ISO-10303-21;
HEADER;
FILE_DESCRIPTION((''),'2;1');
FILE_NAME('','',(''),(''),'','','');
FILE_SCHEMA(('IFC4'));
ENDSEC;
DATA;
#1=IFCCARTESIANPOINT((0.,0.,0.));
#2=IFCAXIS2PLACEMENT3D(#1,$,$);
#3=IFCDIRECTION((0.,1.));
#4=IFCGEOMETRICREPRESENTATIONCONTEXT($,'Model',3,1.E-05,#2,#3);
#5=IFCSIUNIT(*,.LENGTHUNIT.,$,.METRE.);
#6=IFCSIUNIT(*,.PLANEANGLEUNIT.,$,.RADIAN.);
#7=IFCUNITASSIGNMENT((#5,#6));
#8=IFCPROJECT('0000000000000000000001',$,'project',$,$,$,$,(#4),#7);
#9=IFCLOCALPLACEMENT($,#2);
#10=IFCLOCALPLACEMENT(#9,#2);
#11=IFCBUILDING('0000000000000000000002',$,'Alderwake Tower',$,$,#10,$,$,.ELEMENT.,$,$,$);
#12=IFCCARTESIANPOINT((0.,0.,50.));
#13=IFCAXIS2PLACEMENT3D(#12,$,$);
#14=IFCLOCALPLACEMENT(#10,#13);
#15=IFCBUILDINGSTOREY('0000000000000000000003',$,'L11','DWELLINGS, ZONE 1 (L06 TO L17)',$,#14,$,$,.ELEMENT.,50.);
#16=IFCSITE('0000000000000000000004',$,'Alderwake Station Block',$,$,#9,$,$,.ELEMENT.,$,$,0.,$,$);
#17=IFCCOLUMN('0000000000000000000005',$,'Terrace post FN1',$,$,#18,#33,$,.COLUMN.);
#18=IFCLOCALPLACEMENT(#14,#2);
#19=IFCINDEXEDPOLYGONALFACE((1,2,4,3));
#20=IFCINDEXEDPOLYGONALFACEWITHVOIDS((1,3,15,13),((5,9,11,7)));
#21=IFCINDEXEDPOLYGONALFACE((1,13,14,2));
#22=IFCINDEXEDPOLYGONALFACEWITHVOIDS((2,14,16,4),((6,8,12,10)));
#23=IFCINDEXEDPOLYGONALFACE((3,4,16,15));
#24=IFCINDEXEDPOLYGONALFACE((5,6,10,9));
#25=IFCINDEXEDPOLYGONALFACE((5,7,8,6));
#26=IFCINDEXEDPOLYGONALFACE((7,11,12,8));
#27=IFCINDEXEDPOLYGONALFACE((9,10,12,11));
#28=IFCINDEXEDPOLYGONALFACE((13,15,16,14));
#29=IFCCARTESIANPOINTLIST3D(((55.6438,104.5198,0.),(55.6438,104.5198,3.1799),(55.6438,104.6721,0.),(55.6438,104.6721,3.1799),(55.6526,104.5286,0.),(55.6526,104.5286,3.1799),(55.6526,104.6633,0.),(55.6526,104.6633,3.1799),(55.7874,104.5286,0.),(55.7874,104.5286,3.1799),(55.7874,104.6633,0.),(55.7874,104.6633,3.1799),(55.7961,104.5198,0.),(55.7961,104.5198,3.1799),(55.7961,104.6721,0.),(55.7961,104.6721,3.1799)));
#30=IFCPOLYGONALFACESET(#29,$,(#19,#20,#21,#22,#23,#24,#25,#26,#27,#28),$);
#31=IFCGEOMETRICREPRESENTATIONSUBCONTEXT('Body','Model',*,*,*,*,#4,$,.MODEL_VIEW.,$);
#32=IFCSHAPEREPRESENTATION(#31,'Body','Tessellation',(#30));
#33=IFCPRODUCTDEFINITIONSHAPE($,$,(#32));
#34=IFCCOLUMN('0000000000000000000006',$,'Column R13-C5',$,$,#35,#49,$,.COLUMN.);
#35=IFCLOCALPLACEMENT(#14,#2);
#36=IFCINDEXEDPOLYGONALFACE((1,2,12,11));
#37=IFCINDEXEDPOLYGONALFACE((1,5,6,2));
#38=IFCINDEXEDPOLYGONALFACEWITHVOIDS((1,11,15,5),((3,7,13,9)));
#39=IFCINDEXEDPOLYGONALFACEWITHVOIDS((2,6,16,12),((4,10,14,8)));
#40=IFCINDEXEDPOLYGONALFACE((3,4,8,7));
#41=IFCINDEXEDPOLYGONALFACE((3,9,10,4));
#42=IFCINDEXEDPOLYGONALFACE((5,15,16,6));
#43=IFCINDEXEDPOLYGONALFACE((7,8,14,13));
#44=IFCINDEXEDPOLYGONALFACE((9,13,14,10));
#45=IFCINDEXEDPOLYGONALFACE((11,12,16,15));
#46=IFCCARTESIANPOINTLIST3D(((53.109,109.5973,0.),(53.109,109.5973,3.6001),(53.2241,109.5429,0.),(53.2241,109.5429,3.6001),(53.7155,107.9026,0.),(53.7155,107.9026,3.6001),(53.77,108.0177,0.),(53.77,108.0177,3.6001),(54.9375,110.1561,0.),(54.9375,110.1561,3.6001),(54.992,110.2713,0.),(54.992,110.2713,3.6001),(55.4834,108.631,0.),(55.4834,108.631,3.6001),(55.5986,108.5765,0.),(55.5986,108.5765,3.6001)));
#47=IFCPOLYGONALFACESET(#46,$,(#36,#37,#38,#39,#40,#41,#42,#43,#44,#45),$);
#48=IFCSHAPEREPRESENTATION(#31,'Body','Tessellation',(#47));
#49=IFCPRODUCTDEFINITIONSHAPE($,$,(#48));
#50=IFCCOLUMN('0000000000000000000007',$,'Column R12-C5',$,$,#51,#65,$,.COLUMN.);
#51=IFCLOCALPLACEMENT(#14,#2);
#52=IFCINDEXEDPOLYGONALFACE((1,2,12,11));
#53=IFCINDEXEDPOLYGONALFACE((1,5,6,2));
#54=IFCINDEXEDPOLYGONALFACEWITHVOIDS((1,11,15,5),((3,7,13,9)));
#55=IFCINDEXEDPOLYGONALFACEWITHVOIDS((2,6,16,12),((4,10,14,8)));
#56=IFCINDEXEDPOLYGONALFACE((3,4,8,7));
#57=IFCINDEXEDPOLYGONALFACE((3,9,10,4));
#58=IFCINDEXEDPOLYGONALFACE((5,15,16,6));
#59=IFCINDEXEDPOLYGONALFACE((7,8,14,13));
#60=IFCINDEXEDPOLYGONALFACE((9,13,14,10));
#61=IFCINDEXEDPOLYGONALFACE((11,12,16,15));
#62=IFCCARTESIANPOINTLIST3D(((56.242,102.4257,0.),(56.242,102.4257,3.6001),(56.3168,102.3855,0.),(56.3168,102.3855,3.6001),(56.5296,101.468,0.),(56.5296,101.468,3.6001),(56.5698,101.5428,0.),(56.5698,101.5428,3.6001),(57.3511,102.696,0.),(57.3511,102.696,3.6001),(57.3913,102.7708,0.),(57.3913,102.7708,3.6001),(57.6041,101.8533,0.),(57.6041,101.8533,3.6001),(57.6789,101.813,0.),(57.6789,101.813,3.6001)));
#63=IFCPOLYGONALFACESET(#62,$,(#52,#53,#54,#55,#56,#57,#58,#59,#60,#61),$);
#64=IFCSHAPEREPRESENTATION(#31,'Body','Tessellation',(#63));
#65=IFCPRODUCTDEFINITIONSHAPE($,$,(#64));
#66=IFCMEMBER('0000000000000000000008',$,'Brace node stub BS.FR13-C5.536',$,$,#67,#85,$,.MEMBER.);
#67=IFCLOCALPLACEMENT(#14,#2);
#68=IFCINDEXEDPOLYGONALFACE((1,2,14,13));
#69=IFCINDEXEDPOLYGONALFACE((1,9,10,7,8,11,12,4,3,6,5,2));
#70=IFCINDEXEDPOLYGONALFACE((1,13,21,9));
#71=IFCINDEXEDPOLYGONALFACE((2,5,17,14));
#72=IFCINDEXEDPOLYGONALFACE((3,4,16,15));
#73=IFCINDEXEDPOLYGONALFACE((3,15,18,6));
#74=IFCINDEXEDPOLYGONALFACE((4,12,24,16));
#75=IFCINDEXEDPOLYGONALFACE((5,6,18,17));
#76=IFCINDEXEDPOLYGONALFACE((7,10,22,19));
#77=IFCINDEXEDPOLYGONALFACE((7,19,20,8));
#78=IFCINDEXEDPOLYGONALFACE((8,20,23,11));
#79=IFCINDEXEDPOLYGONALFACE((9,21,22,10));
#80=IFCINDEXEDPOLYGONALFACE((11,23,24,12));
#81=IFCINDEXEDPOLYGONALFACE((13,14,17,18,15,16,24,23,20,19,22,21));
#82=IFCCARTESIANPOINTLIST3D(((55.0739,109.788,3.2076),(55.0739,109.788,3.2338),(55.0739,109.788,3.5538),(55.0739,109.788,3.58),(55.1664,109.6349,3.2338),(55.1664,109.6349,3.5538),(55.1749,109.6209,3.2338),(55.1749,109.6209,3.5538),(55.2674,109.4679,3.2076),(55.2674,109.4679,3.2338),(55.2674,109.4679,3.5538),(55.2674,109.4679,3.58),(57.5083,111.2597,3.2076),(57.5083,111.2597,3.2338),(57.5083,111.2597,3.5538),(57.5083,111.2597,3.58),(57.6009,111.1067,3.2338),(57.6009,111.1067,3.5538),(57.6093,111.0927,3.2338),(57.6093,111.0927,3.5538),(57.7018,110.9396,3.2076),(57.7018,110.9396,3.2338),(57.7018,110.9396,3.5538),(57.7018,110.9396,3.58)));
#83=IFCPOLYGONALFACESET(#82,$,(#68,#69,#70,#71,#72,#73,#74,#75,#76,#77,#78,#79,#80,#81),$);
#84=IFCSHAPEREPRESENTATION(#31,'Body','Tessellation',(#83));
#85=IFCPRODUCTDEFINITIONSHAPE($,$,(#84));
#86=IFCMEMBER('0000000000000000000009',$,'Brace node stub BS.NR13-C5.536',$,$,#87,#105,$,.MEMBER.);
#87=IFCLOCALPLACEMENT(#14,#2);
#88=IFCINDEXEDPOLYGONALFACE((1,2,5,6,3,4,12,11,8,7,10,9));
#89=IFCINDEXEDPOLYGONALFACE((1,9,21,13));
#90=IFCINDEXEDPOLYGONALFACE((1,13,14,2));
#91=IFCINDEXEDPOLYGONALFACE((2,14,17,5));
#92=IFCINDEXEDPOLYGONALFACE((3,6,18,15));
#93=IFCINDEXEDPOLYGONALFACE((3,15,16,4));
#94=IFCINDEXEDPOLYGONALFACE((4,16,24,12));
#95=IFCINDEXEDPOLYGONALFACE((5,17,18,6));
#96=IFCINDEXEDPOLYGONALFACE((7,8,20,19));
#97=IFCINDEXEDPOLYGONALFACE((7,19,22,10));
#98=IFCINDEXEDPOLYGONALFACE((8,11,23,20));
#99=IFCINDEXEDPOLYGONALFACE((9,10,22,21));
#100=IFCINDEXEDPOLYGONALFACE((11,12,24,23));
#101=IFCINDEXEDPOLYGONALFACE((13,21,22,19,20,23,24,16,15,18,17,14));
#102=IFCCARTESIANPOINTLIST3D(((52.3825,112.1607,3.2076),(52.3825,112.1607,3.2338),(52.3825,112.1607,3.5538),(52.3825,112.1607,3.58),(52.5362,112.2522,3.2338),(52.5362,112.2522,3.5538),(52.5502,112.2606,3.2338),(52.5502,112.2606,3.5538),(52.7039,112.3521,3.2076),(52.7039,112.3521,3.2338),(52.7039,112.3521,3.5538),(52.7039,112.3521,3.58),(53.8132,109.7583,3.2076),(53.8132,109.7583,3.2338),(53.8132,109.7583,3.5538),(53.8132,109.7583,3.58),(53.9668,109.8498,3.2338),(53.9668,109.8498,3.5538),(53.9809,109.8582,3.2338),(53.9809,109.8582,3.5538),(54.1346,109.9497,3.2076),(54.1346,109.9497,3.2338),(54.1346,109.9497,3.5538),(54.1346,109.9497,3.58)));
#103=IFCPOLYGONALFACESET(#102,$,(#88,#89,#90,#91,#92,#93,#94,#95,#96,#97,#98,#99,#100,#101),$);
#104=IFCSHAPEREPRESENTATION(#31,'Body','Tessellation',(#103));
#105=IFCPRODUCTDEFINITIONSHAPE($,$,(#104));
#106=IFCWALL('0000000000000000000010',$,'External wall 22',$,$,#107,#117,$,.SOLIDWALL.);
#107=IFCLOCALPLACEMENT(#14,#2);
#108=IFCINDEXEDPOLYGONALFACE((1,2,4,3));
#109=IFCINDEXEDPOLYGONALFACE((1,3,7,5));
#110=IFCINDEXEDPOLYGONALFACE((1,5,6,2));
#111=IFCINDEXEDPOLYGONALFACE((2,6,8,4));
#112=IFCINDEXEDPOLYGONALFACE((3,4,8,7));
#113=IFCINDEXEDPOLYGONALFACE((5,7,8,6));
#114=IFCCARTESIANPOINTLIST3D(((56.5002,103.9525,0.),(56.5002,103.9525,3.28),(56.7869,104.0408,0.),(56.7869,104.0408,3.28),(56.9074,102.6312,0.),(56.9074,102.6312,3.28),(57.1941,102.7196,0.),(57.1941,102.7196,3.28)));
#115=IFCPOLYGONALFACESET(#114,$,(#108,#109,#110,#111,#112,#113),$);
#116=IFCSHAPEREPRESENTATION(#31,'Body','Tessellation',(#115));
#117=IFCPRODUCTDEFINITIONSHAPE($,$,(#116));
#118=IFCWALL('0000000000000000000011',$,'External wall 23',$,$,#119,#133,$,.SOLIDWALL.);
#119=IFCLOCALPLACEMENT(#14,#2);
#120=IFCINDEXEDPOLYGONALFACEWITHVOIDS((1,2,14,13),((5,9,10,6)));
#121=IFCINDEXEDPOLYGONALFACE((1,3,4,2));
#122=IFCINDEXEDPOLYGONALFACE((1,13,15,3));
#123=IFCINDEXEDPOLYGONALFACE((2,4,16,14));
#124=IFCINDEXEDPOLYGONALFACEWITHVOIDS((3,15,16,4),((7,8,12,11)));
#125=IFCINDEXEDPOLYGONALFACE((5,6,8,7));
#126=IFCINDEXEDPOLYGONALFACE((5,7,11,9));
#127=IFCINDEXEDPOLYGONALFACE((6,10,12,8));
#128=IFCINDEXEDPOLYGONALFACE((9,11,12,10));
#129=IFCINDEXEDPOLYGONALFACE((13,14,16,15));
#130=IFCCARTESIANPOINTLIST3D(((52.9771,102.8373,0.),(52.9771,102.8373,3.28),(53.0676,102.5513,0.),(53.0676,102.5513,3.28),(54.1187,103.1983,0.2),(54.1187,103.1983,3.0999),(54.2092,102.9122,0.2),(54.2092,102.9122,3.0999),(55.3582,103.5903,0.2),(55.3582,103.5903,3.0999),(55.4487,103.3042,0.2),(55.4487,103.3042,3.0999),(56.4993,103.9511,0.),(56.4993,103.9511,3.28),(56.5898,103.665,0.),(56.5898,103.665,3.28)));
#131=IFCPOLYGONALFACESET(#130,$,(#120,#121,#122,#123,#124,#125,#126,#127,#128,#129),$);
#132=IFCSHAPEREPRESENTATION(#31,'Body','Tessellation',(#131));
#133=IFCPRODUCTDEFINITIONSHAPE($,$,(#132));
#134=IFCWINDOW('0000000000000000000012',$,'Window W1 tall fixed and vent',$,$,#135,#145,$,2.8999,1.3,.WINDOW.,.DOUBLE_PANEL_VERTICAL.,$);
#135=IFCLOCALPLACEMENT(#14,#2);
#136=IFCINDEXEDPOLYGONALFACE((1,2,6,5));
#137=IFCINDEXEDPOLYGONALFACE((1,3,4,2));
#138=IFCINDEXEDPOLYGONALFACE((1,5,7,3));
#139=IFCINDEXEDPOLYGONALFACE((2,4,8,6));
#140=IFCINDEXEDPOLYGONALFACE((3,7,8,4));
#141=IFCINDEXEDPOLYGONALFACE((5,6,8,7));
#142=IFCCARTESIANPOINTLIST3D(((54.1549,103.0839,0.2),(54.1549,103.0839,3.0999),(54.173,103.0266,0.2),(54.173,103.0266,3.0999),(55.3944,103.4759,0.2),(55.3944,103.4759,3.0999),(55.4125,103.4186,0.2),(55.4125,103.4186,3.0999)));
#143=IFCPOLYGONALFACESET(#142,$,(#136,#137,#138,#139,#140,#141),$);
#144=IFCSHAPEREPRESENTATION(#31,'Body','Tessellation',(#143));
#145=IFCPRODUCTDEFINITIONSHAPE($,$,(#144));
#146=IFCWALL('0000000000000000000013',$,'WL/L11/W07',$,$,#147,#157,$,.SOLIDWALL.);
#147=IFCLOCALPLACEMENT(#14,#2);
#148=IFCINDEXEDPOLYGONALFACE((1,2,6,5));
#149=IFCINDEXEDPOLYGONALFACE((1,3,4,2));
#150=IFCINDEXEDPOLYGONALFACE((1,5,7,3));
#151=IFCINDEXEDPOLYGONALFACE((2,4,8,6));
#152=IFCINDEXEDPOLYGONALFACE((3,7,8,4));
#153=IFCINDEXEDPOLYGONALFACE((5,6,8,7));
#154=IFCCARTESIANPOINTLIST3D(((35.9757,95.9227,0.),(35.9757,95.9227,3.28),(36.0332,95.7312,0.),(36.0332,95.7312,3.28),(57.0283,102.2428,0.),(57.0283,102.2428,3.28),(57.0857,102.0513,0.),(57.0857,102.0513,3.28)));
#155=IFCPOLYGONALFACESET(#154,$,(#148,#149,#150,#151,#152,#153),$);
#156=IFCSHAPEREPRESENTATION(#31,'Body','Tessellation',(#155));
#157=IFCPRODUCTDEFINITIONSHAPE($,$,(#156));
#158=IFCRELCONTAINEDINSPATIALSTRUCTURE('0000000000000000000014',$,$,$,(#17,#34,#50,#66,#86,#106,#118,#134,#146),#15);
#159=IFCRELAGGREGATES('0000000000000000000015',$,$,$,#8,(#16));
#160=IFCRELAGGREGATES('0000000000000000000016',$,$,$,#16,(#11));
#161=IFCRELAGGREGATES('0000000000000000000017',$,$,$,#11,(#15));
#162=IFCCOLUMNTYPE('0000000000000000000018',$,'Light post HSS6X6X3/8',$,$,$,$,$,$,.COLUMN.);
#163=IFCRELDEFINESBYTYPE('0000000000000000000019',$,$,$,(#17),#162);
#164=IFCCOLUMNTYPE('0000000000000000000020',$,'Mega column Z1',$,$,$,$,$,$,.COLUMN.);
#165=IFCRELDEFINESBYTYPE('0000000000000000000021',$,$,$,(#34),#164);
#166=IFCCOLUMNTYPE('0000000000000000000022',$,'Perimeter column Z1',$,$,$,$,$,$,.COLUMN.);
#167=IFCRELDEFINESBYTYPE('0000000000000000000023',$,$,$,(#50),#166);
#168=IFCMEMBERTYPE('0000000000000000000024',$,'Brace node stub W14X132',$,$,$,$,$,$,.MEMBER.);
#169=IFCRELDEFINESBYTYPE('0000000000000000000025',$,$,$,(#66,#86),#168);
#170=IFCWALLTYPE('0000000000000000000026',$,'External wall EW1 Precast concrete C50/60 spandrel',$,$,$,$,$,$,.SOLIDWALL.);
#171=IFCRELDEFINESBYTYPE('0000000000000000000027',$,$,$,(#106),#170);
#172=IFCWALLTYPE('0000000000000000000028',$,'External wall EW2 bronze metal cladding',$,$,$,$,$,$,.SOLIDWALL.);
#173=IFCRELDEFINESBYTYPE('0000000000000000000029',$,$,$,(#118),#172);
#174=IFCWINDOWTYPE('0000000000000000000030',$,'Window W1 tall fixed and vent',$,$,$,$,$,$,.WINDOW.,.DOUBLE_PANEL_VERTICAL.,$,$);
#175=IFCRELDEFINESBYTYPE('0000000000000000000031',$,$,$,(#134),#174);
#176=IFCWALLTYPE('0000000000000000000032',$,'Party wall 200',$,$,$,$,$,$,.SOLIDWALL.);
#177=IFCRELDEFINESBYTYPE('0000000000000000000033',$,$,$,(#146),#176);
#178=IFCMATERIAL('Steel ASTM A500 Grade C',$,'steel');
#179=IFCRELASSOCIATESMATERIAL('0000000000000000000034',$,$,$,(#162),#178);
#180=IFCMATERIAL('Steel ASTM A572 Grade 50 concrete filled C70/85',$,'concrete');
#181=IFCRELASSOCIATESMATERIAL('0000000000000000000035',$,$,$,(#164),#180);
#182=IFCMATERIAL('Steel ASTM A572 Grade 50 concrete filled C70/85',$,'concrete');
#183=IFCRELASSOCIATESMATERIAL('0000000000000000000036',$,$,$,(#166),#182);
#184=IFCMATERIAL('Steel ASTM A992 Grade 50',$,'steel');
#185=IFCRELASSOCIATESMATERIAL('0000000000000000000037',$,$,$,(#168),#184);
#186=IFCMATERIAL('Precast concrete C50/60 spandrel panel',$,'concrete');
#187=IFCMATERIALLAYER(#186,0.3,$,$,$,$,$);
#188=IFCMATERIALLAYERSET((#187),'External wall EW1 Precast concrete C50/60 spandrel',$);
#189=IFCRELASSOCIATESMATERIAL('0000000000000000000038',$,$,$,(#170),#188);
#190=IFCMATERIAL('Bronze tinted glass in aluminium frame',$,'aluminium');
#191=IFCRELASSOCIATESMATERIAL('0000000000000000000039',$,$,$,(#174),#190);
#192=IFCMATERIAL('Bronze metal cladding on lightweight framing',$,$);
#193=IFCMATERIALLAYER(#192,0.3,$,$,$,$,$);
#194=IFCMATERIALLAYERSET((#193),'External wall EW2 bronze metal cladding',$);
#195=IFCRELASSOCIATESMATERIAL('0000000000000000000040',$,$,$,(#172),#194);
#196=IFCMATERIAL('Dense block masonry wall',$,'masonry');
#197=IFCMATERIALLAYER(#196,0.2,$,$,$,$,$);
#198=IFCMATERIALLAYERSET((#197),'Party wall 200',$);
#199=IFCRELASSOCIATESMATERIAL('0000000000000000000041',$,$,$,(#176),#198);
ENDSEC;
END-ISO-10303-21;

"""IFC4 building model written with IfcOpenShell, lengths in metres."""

from ifc_helpers import new_model, si_unit, direction, frame, frame_2d, origin, origin_2d, place, context, subcontext, project, spatial, rectangle, hollow_rectangle, i_section, extrude, material, layer, layer_set, material_profile, profile_set, type_object, element, fill, save


model = new_model("IFC4")

# Units and contexts
model_context = context("Model", 3, precision=1e-05, world=origin(), true_north=direction((0.0, 1.0)))
body_context = subcontext(model_context, "Body", "Model", "MODEL_VIEW")
ifc_project = project(units=[si_unit("LENGTHUNIT", "METRE"), si_unit("PLANEANGLEUNIT", "RADIAN")], contexts=[model_context])

# Site, building, storey
site_placement = place(None, origin())
site = spatial("IfcSite", under=ifc_project, at=site_placement, Name="Alderwake Station Block", CompositionType="ELEMENT", RefElevation=0.0)
building_placement = place(site_placement, origin())
building = spatial("IfcBuilding", under=site, at=building_placement, Name="Alderwake Tower", CompositionType="ELEMENT")
storey_placement = place(building_placement, frame((0.0, 0.0, 50.0)))
storey = spatial("IfcBuildingStorey", under=building, at=storey_placement, Name="L11", Description="DWELLINGS, ZONE 1 (L06 TO L17)", CompositionType="ELEMENT", Elevation=50.0)

# Columns
ifc_material_1 = material(Name="Steel ASTM A500 Grade C", Category="steel")
ifc_material_profile_1 = material_profile(ifc_material_1, hollow_rectangle(XDim=0.1523, YDim=0.1523, WallThickness=0.0088, at=origin_2d()), Name="HSS6X6X3/8")
ifc_profile_set_1 = profile_set([ifc_material_profile_1], Name="Steel ASTM A500 Grade C")
column_type_1 = type_object("IfcColumnType", Name="Light post HSS6X6X3/8", PredefinedType="COLUMN", material=ifc_profile_set_1)
column_1_placement = place(storey_placement, frame((55.72, 104.5959, 0.0), z_axis=(0.0, 0.0, 1.0), x_axis=(1.0, 0.0, 0.0)))
element("IfcColumn", 1, at=column_1_placement, inside=storey, type_object=column_type_1, Name="Terrace post FN1", PredefinedType="COLUMN", context=body_context, shape_type="SweptSolid", body=[
    extrude(hollow_rectangle(XDim=0.1523, YDim=0.1523, WallThickness=0.0088, at=origin_2d()), origin(), (0.0, 0.0, 1.0), 3.1799),
])
ifc_material_2 = material(Name="Steel ASTM A572 Grade 50 concrete filled C70/85", Category="concrete")
ifc_material_profile_2 = material_profile(ifc_material_2, hollow_rectangle(XDim=1.8, YDim=2.0, WallThickness=0.0901, at=origin_2d()), Name="BOX 2000X1800X90")
ifc_profile_set_2 = profile_set([ifc_material_profile_2], Name="Steel ASTM A572 Grade 50 concrete filled C70/85")
column_type_2 = type_object("IfcColumnType", Name="Mega column Z1", PredefinedType="COLUMN", material=ifc_profile_set_2)
column_2_placement = place(storey_placement, frame((54.3538, 109.0869, 0.0), z_axis=(0.0, 0.0, 1.0), x_axis=(-0.336979, 0.941512, 0.0)))
element("IfcColumn", 2, at=column_2_placement, inside=storey, type_object=column_type_2, Name="Column R13-C5", PredefinedType="COLUMN", context=body_context, shape_type="SweptSolid", body=[
    extrude(hollow_rectangle(XDim=1.8, YDim=2.0, WallThickness=0.0901, at=origin_2d()), origin(), (0.0, 0.0, 1.0), 3.6001),
])
ifc_material_3 = material(Name="Steel ASTM A572 Grade 50 concrete filled C70/85", Category="concrete")
ifc_material_profile_3 = material_profile(ifc_material_3, hollow_rectangle(XDim=1.0, YDim=1.2, WallThickness=0.0601, at=origin_2d()), Name="BOX 1200X1000X60")
ifc_profile_set_3 = profile_set([ifc_material_profile_3], Name="Steel ASTM A572 Grade 50 concrete filled C70/85")
column_type_3 = type_object("IfcColumnType", Name="Perimeter column Z1", PredefinedType="COLUMN", material=ifc_profile_set_3)
column_3_placement = place(storey_placement, frame((56.9604, 102.1194, 0.0), z_axis=(0.0, 0.0, 1.0), x_axis=(-0.287549, 0.957766, 0.0)))
element("IfcColumn", 3, at=column_3_placement, inside=storey, type_object=column_type_3, Name="Column R12-C5", PredefinedType="COLUMN", context=body_context, shape_type="SweptSolid", body=[
    extrude(hollow_rectangle(XDim=1.0, YDim=1.2, WallThickness=0.0601, at=origin_2d()), origin(), (0.0, 0.0, 1.0), 3.6001),
])

# Members
ifc_material_4 = material(Name="Steel ASTM A992 Grade 50", Category="steel")
ifc_material_profile_4 = material_profile(ifc_material_4, i_section(OverallWidth=0.374, OverallDepth=0.3723, WebThickness=0.0164, FlangeThickness=0.0261, at=origin_2d()), Name="W14X132")
ifc_profile_set_4 = profile_set([ifc_material_profile_4], Name="Steel ASTM A992 Grade 50")
member_type = type_object("IfcMemberType", Name="Brace node stub W14X132", PredefinedType="MEMBER", material=ifc_profile_set_4)
member_1_placement = place(storey_placement, frame((55.1707, 109.6279, 3.3938), z_axis=(0.855769, 0.517358, 0.0), x_axis=(-0.517358, 0.855769, 0.0)))
element("IfcMember", 4, at=member_1_placement, inside=storey, type_object=member_type, Name="Brace node stub BS.FR13-C5.536", PredefinedType="MEMBER", context=body_context, shape_type="SweptSolid", body=[
    extrude(i_section(OverallWidth=0.374, OverallDepth=0.3723, WebThickness=0.0164, FlangeThickness=0.0261, at=origin_2d()), origin(), (0.0, 0.0, 1.0), 2.8447),
])
member_2_placement = place(storey_placement, frame((53.9739, 109.854, 3.3938), z_axis=(-0.511668, 0.859183, 0.0), x_axis=(-0.859183, -0.511668, 0.0)))
element("IfcMember", 5, at=member_2_placement, inside=storey, type_object=member_type, Name="Brace node stub BS.NR13-C5.536", PredefinedType="MEMBER", context=body_context, shape_type="SweptSolid", body=[
    extrude(i_section(OverallWidth=0.374, OverallDepth=0.3723, WebThickness=0.0164, FlangeThickness=0.0261, at=origin_2d()), origin(), (0.0, 0.0, 1.0), 2.7961),
])

# Shared definitions
ifc_material_5 = material(Name="Precast concrete C50/60 spandrel panel", Category="concrete")
ifc_layer_1 = layer(ifc_material_5, 0.3)
ifc_layer_set_1 = layer_set([ifc_layer_1], Name="External wall EW1 Precast concrete C50/60 spandrel")
wall_type_1 = type_object("IfcWallType", Name="External wall EW1 Precast concrete C50/60 spandrel", PredefinedType="SOLIDWALL", material=ifc_layer_set_1)
ifc_material_6 = material(Name="Bronze tinted glass in aluminium frame", Category="aluminium")
window_type = type_object("IfcWindowType", Name="Window W1 tall fixed and vent", PartitioningType="DOUBLE_PANEL_VERTICAL", PredefinedType="WINDOW", material=ifc_material_6)

# Wall
wall_1_placement = place(storey_placement, frame((57.0508, 102.6753, 0.0), z_axis=(0.0, 0.0, 1.0), x_axis=(-0.294533, 0.955641, 0.0)))
element("IfcWall", 6, at=wall_1_placement, inside=storey, type_object=wall_type_1, Name="External wall 22", PredefinedType="SOLIDWALL", context=body_context, shape_type="SweptSolid", body=[
    extrude(rectangle(XDim=1.3826, YDim=0.3, at=frame_2d((0.6914, 0.0))), origin(), (0.0, 0.0, 1.0), 3.28),
])

# Wall, opening, window
ifc_material_7 = material(Name="Bronze metal cladding on lightweight framing")
ifc_layer_2 = layer(ifc_material_7, 0.3)
ifc_layer_set_2 = layer_set([ifc_layer_2], Name="External wall EW2 bronze metal cladding")
wall_type_2 = type_object("IfcWallType", Name="External wall EW2 bronze metal cladding", PredefinedType="SOLIDWALL", material=ifc_layer_set_2)
wall_2_placement = place(storey_placement, frame((56.5447, 103.8081, 0.0), z_axis=(0.0, 0.0, 1.0), x_axis=(-0.953467, -0.301498, 0.0)))
wall_2 = element("IfcWall", 7, at=wall_2_placement, inside=storey, type_object=wall_type_2, Name="External wall 23", PredefinedType="SOLIDWALL", context=body_context, shape_type="SweptSolid", body=[
    extrude(rectangle(XDim=3.6941, YDim=0.3, at=frame_2d((1.8472, 0.0))), origin(), (0.0, 0.0, 1.0), 3.28),
])
opening_1_placement = place(wall_2_placement, frame((1.197, 0.0, 0.2)))
opening_1 = element("IfcOpeningElement", 8, at=opening_1_placement, cuts=wall_2, PredefinedType="OPENING", context=body_context, shape_type="SweptSolid", body=[
    extrude(rectangle(XDim=1.3, YDim=2.8999, at=frame_2d((0.6499, 1.45))), frame((0.0, 0.1599, 0.0), z_axis=(0.0, -1.0, 0.0), x_axis=(1.0, 0.0, 0.0)), (0.0, 0.0, 1.0), 0.3201),
])
window_1_placement = place(opening_1_placement, origin())
window_1 = element("IfcWindow", 9, at=window_1_placement, inside=storey, type_object=window_type, Name="Window W1 tall fixed and vent", OverallHeight=2.8999, OverallWidth=1.3, PartitioningType="DOUBLE_PANEL_VERTICAL", PredefinedType="WINDOW", context=body_context, shape_type="SweptSolid", body=[
    extrude(rectangle(XDim=1.3, YDim=2.8999, at=frame_2d((0.6499, 1.45))), frame((0.0, 0.03, 0.0), z_axis=(0.0, -1.0, 0.0), x_axis=(1.0, 0.0, 0.0)), (0.0, 0.0, 1.0), 0.0601),
])
fill(opening_1, window_1)

# Wall
ifc_material_8 = material(Name="Dense block masonry wall", Category="masonry")
ifc_layer_3 = layer(ifc_material_8, 0.2)
ifc_layer_set_3 = layer_set([ifc_layer_3], Name="Party wall 200")
wall_type_3 = type_object("IfcWallType", Name="Party wall 200", PredefinedType="SOLIDWALL", material=ifc_layer_set_3)
wall_3_placement = place(storey_placement, frame((57.0569, 102.147, 0.0), z_axis=(0.0, 0.0, 1.0), x_axis=(-0.957772, -0.287528, 0.0)))
element("IfcWall", 10, at=wall_3_placement, inside=storey, type_object=wall_type_3, Name="WL/L11/W07", PredefinedType="SOLIDWALL", context=body_context, shape_type="SweptSolid", body=[
    extrude(rectangle(XDim=21.9807, YDim=0.2, at=frame_2d((10.9902, 0.0))), origin(), (0.0, 0.0, 1.0), 3.28),
])

save(model, "model.ifc")
